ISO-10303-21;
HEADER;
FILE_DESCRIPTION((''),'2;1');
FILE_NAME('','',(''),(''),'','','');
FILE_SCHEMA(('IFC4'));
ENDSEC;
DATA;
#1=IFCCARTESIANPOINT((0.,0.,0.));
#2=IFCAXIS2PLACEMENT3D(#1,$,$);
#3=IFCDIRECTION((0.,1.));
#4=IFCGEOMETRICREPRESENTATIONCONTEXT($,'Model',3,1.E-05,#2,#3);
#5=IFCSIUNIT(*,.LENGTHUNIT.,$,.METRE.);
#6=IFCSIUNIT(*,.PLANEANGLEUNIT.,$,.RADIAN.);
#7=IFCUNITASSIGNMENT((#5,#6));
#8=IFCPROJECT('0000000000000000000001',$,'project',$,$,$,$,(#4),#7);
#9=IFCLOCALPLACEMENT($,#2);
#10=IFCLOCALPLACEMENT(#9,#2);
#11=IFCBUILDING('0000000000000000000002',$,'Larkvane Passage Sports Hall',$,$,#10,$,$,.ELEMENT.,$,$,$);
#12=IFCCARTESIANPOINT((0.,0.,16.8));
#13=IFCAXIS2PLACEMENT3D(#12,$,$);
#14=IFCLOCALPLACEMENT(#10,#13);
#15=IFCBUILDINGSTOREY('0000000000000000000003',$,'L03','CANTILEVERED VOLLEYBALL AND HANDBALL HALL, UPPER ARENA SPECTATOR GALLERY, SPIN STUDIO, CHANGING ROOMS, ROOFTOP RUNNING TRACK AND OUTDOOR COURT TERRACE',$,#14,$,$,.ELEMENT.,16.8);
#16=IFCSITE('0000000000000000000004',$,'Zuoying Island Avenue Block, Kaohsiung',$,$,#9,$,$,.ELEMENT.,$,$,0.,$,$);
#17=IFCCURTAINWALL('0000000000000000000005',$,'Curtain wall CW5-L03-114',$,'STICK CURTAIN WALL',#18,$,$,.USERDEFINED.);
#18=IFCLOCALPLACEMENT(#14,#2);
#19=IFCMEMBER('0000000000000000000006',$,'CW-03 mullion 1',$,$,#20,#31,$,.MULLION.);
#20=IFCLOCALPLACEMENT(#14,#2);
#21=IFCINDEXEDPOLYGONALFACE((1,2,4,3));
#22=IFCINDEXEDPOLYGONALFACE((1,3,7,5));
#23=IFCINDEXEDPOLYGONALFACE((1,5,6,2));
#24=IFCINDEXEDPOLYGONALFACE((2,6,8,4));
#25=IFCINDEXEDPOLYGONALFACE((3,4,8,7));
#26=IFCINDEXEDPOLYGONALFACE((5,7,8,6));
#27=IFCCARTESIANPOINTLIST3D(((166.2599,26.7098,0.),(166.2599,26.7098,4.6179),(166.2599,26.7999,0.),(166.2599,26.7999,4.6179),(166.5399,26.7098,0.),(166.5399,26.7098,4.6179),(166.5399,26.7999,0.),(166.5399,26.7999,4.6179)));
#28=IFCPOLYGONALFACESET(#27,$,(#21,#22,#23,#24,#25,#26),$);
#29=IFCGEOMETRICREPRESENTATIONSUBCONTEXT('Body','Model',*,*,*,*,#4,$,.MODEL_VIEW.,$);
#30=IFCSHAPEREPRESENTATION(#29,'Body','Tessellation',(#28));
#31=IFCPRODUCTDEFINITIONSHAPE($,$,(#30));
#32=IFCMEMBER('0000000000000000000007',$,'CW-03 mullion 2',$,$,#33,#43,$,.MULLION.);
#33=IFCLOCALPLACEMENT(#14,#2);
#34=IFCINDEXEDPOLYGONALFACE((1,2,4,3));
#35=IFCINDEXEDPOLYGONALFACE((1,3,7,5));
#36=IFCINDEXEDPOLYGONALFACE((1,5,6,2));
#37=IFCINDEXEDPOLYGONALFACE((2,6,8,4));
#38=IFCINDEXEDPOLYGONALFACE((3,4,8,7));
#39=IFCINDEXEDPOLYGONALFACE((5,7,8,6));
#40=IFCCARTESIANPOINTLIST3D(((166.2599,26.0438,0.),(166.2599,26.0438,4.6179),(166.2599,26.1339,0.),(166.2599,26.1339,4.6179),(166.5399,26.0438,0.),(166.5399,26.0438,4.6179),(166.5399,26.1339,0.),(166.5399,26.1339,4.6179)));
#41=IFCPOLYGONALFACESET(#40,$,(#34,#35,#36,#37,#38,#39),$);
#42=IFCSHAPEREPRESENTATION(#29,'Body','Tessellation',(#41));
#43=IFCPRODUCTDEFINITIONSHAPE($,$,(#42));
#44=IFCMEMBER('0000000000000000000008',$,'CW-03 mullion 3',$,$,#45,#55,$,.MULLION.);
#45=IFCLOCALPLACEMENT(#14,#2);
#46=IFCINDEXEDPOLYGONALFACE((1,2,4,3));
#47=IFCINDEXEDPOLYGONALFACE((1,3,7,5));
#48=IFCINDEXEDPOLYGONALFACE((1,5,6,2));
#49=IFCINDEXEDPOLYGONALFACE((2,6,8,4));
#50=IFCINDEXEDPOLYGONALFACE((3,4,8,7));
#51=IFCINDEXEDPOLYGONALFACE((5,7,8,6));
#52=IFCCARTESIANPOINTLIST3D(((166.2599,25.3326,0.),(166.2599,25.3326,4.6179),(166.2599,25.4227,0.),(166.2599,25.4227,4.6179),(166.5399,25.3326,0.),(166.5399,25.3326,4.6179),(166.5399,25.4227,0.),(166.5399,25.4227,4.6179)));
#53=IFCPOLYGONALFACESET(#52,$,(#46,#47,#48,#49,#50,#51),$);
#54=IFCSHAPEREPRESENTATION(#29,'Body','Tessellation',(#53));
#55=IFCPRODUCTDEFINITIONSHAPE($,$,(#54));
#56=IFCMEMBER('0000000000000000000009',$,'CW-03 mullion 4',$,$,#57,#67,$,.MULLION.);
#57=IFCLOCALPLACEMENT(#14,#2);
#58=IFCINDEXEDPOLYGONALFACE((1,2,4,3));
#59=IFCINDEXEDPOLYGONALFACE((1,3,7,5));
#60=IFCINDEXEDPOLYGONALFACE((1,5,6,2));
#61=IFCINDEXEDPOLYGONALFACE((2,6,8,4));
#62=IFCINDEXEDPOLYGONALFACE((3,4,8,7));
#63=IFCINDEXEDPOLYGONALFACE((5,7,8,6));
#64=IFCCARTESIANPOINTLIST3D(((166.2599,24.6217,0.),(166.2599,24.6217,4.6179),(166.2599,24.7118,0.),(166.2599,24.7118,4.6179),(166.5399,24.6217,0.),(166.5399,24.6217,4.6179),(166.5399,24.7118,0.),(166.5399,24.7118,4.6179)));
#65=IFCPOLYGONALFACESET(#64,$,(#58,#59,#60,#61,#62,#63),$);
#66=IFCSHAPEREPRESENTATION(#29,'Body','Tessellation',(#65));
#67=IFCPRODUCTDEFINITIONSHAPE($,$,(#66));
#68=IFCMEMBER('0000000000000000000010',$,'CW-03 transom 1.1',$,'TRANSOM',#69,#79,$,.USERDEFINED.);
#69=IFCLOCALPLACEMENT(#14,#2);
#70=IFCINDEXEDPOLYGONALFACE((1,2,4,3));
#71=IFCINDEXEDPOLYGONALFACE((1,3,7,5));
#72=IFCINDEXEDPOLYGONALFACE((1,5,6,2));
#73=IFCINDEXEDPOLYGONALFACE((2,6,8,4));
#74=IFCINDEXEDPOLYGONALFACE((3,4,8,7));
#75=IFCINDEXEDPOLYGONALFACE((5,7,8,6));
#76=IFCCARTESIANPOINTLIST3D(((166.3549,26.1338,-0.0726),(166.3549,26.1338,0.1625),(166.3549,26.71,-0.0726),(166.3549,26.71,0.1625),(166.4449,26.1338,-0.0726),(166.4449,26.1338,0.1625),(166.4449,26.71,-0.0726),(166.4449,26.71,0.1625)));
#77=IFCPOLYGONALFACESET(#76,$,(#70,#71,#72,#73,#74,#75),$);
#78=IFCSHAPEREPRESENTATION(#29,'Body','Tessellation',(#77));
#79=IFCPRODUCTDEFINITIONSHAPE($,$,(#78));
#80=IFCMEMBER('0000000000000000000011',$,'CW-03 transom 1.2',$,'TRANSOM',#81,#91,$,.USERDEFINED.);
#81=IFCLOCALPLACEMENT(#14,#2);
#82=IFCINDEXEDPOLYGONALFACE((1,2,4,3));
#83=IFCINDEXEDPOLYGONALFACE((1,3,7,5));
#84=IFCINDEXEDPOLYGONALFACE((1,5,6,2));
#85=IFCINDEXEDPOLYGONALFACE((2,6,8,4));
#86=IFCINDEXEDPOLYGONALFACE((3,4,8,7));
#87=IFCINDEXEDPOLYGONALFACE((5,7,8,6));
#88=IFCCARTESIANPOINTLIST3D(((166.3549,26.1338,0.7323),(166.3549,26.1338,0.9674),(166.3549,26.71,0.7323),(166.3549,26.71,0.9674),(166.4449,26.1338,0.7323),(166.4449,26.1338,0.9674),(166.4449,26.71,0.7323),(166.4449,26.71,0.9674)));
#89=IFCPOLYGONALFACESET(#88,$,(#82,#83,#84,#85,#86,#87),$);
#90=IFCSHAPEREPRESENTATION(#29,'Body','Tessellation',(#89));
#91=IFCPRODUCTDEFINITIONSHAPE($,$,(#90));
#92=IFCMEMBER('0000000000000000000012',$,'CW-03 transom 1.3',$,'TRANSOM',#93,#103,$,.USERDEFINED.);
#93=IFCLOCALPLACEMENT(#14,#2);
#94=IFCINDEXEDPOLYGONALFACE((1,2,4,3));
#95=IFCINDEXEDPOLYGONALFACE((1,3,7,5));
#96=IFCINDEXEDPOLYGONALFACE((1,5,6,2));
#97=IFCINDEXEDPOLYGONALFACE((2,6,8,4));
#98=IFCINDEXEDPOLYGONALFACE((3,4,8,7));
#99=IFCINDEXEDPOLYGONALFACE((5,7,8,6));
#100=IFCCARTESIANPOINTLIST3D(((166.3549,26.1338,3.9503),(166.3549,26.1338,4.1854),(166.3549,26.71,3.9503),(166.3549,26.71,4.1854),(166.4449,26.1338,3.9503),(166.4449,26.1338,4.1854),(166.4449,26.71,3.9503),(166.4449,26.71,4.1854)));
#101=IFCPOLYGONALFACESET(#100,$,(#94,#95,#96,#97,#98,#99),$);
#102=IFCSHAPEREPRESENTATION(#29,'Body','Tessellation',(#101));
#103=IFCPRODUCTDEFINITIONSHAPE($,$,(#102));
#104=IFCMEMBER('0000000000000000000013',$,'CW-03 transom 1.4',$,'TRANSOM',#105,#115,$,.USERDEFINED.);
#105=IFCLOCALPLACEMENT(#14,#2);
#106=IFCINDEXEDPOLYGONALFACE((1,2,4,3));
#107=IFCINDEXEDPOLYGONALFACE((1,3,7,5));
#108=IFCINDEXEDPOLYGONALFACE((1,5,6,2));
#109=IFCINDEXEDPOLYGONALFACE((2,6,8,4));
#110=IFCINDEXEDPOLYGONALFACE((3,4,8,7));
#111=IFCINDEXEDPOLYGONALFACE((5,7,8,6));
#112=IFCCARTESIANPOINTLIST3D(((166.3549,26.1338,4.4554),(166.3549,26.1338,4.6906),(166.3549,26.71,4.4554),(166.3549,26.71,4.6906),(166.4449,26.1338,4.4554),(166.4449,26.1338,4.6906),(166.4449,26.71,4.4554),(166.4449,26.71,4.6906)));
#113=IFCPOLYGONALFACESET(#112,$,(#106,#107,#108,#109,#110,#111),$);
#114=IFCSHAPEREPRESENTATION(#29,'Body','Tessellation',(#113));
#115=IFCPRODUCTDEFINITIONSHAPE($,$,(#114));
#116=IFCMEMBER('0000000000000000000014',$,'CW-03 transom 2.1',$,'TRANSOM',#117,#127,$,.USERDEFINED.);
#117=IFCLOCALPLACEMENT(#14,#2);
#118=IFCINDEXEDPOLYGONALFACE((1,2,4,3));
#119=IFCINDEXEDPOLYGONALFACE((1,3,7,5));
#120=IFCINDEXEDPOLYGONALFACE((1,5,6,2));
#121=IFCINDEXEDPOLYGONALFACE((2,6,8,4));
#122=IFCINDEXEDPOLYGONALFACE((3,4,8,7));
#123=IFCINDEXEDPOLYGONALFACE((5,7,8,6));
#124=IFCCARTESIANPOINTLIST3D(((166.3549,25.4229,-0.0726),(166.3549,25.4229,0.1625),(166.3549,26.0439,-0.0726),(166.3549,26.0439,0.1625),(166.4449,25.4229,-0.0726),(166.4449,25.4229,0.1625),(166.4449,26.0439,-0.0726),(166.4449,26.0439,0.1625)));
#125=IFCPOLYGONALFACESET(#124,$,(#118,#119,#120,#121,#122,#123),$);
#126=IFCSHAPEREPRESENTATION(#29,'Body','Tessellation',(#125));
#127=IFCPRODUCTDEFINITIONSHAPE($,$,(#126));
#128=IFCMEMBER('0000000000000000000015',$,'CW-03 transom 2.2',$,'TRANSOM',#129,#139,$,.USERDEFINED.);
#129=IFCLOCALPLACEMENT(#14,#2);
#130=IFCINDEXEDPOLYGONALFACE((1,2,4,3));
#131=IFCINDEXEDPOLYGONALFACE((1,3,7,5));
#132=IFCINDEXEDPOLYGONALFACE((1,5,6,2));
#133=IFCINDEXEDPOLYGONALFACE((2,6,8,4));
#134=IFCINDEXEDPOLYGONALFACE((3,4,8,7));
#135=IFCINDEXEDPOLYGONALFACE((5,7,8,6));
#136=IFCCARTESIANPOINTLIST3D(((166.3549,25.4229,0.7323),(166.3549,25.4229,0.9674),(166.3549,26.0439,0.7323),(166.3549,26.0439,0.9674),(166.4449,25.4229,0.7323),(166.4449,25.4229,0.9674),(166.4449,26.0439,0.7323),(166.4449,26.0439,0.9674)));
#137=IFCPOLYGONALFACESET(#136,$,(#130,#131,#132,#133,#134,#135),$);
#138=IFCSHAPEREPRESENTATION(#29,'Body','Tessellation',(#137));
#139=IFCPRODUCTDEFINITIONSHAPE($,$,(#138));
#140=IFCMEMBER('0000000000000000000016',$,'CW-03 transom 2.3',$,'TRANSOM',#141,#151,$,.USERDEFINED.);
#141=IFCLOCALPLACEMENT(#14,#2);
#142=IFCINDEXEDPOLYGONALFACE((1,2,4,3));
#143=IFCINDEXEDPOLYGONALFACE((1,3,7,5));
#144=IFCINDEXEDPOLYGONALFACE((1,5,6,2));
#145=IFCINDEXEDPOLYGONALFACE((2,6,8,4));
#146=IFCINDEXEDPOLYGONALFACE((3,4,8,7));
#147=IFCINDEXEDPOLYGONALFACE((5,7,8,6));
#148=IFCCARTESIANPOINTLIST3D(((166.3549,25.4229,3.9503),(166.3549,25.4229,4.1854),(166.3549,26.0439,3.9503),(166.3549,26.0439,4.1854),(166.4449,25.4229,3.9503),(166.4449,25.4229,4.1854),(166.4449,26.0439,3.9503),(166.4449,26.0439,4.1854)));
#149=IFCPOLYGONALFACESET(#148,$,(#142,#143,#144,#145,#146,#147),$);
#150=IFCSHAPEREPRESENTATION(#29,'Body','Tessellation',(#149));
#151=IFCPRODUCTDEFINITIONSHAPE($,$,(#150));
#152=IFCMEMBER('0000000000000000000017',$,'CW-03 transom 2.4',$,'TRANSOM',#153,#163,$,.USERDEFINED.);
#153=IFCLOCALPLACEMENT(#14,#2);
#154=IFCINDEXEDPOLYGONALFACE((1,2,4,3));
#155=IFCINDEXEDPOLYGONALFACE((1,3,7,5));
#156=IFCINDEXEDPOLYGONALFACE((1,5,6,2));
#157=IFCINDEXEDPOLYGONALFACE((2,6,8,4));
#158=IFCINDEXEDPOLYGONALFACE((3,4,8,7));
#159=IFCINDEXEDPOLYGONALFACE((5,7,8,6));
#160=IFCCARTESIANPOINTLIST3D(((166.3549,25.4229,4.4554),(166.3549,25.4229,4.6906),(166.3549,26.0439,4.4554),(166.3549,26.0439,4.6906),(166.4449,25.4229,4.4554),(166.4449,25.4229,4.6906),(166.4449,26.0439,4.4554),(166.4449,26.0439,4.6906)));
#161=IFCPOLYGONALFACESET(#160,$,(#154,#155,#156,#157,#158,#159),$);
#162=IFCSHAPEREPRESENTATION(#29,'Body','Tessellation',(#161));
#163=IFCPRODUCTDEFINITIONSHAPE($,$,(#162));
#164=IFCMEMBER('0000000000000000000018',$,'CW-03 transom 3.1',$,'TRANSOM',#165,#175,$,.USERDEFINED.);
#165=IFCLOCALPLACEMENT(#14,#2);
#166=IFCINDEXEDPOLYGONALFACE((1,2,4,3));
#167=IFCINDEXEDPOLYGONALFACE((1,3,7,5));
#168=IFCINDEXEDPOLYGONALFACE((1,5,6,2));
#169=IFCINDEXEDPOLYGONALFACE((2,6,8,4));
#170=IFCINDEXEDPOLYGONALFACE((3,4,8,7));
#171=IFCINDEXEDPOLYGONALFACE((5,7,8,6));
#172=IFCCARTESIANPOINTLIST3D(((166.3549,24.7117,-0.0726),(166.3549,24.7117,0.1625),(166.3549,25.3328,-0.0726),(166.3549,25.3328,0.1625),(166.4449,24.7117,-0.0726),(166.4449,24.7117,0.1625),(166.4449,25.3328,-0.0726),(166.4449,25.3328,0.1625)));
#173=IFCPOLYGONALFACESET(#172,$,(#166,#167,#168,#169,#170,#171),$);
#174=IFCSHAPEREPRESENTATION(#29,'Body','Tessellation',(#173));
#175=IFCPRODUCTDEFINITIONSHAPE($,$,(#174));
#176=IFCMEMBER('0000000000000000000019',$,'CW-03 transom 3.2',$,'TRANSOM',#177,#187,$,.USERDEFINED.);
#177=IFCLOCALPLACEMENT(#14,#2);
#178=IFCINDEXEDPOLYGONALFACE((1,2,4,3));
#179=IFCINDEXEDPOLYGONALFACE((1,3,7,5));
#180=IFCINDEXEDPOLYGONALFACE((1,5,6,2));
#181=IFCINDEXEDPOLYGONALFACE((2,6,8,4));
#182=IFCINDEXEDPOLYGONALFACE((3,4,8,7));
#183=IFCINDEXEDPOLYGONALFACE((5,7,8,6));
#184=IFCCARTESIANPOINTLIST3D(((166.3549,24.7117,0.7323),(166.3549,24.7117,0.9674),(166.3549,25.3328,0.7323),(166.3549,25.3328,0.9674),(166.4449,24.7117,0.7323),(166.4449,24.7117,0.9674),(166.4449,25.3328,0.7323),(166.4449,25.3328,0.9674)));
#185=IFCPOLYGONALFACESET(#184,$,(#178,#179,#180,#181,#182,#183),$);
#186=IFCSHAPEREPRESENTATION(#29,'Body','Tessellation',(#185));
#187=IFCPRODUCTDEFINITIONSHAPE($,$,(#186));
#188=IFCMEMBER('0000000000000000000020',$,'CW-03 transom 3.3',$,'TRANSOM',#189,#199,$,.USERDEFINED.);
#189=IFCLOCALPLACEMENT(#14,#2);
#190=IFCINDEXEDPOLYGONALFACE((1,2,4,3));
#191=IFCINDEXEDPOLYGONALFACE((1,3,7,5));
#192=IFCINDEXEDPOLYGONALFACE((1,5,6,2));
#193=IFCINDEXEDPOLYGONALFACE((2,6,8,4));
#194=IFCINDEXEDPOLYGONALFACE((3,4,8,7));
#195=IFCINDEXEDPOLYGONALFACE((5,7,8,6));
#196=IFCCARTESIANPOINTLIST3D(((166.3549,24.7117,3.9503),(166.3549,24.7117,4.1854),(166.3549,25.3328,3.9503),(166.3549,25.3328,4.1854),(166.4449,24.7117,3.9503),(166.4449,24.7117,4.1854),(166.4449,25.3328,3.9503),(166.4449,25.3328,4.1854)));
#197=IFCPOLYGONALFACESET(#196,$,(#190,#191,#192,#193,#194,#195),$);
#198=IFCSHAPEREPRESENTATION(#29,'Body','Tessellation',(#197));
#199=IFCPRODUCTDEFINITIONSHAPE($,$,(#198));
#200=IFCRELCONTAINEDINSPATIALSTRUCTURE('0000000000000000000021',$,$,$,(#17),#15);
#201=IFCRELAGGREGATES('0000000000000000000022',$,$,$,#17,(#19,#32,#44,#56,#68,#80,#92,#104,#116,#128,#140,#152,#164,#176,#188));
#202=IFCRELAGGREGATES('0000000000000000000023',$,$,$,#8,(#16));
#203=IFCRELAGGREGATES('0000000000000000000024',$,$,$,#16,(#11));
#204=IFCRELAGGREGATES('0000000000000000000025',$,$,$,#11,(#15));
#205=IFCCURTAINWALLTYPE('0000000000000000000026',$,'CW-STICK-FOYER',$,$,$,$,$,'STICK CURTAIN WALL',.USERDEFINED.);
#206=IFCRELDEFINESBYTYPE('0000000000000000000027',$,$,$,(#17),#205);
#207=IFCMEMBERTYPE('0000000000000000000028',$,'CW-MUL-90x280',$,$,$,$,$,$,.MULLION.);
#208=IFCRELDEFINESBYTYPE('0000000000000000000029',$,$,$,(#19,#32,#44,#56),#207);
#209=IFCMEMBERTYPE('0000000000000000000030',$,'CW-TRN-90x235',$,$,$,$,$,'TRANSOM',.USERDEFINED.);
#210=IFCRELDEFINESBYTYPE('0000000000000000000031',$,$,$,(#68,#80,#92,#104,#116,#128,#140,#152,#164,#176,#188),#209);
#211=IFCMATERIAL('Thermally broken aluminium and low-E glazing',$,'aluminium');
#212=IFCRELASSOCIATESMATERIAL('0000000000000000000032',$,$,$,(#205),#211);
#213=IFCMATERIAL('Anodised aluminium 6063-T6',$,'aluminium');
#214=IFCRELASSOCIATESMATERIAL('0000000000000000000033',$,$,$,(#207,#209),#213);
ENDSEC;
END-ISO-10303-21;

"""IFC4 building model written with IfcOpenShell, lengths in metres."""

from ifc_helpers import new_model, si_unit, direction, frame, origin, origin_2d, place, context, subcontext, project, spatial, rectangle, extrude, material, material_profile, profile_set, type_object, element, aggregate, save


model = new_model("IFC4")

# Units and contexts
model_context = context("Model", 3, precision=1e-05, world=origin(), true_north=direction((0.0, 1.0)))
body_context = subcontext(model_context, "Body", "Model", "MODEL_VIEW")
ifc_project = project(units=[si_unit("LENGTHUNIT", "METRE"), si_unit("PLANEANGLEUNIT", "RADIAN")], contexts=[model_context])

# Site, building, storey
site_placement = place(None, origin())
site = spatial("IfcSite", under=ifc_project, at=site_placement, Name="Zuoying Island Avenue Block, Kaohsiung", CompositionType="ELEMENT", RefElevation=0.0)
building_placement = place(site_placement, origin())
building = spatial("IfcBuilding", under=site, at=building_placement, Name="Larkvane Passage Sports Hall", CompositionType="ELEMENT")
storey_placement = place(building_placement, frame((0.0, 0.0, 16.8)))
storey = spatial("IfcBuildingStorey", under=building, at=storey_placement, Name="L03", Description="CANTILEVERED VOLLEYBALL AND HANDBALL HALL, UPPER ARENA SPECTATOR GALLERY, SPIN STUDIO, CHANGING ROOMS, ROOFTOP RUNNING TRACK AND OUTDOOR COURT TERRACE", CompositionType="ELEMENT", Elevation=16.8)

# Curtain wall, members
ifc_material_1 = material(Name="Thermally broken aluminium and low-E glazing", Category="aluminium")
curtain_wall_type = type_object("IfcCurtainWallType", Name="CW-STICK-FOYER", ElementType="STICK CURTAIN WALL", PredefinedType="USERDEFINED", material=ifc_material_1)
curtain_wall_placement = place(storey_placement, origin())
curtain_wall = element("IfcCurtainWall", 1, at=curtain_wall_placement, inside=storey, type_object=curtain_wall_type, Name="Curtain wall CW5-L03-114", ObjectType="STICK CURTAIN WALL", PredefinedType="USERDEFINED")
ifc_material_2 = material(Name="Anodised aluminium 6063-T6", Category="aluminium")
ifc_material_profile_1 = material_profile(ifc_material_2, rectangle(XDim=0.0901, YDim=0.28, at=origin_2d()), Name="ALU-MUL-90x280")
ifc_profile_set_1 = profile_set([ifc_material_profile_1], Name="Anodised aluminium 6063-T6")
member_type_1 = type_object("IfcMemberType", Name="CW-MUL-90x280", PredefinedType="MULLION", material=ifc_profile_set_1)
member_1_placement = place(storey_placement, frame((166.3999, 26.7549, 0.0), z_axis=(0.0, 0.0, 1.0), x_axis=(0.0, -1.0, 0.0)))
member_1 = element("IfcMember", 2, at=member_1_placement, type_object=member_type_1, Name="CW-03 mullion 1", PredefinedType="MULLION", context=body_context, shape_type="SweptSolid", body=[
    extrude(rectangle(XDim=0.0901, YDim=0.28, at=origin_2d()), origin(), (0.0, 0.0, 1.0), 4.6179),
])
member_2_placement = place(storey_placement, frame((166.3999, 26.0889, 0.0), z_axis=(0.0, 0.0, 1.0), x_axis=(0.0, -1.0, 0.0)))
member_2 = element("IfcMember", 3, at=member_2_placement, type_object=member_type_1, Name="CW-03 mullion 2", PredefinedType="MULLION", context=body_context, shape_type="SweptSolid", body=[
    extrude(rectangle(XDim=0.0901, YDim=0.28, at=origin_2d()), origin(), (0.0, 0.0, 1.0), 4.6179),
])
member_3_placement = place(storey_placement, frame((166.3999, 25.3777, 0.0), z_axis=(0.0, 0.0, 1.0), x_axis=(0.0, -1.0, 0.0)))
member_3 = element("IfcMember", 4, at=member_3_placement, type_object=member_type_1, Name="CW-03 mullion 3", PredefinedType="MULLION", context=body_context, shape_type="SweptSolid", body=[
    extrude(rectangle(XDim=0.0901, YDim=0.28, at=origin_2d()), origin(), (0.0, 0.0, 1.0), 4.6179),
])
member_4_placement = place(storey_placement, frame((166.3999, 24.6667, 0.0), z_axis=(0.0, 0.0, 1.0), x_axis=(0.0, -1.0, 0.0)))
member_4 = element("IfcMember", 5, at=member_4_placement, type_object=member_type_1, Name="CW-03 mullion 4", PredefinedType="MULLION", context=body_context, shape_type="SweptSolid", body=[
    extrude(rectangle(XDim=0.0901, YDim=0.28, at=origin_2d()), origin(), (0.0, 0.0, 1.0), 4.6179),
])
ifc_material_profile_2 = material_profile(ifc_material_2, rectangle(XDim=0.0901, YDim=0.2351, at=origin_2d()), Name="ALU-TRN-90x235")
ifc_profile_set_2 = profile_set([ifc_material_profile_2], Name="Anodised aluminium 6063-T6")
member_type_2 = type_object("IfcMemberType", Name="CW-TRN-90x235", ElementType="TRANSOM", PredefinedType="USERDEFINED", material=ifc_profile_set_2)
member_5_placement = place(storey_placement, frame((166.3999, 26.71, 0.0449), z_axis=(0.0, -1.0, 0.0), x_axis=(1.0, 0.0, 0.0)))
member_5 = element("IfcMember", 6, at=member_5_placement, type_object=member_type_2, Name="CW-03 transom 1.1", ObjectType="TRANSOM", PredefinedType="USERDEFINED", context=body_context, shape_type="SweptSolid", body=[
    extrude(rectangle(XDim=0.0901, YDim=0.2351, at=origin_2d()), origin(), (0.0, 0.0, 1.0), 0.5762),
])
member_6_placement = place(storey_placement, frame((166.3999, 26.71, 0.8499), z_axis=(0.0, -1.0, 0.0), x_axis=(1.0, 0.0, 0.0)))
member_6 = element("IfcMember", 7, at=member_6_placement, type_object=member_type_2, Name="CW-03 transom 1.2", ObjectType="TRANSOM", PredefinedType="USERDEFINED", context=body_context, shape_type="SweptSolid", body=[
    extrude(rectangle(XDim=0.0901, YDim=0.2351, at=origin_2d()), origin(), (0.0, 0.0, 1.0), 0.5762),
])
member_7_placement = place(storey_placement, frame((166.3999, 26.71, 4.0679), z_axis=(0.0, -1.0, 0.0), x_axis=(1.0, 0.0, 0.0)))
member_7 = element("IfcMember", 8, at=member_7_placement, type_object=member_type_2, Name="CW-03 transom 1.3", ObjectType="TRANSOM", PredefinedType="USERDEFINED", context=body_context, shape_type="SweptSolid", body=[
    extrude(rectangle(XDim=0.0901, YDim=0.2351, at=origin_2d()), origin(), (0.0, 0.0, 1.0), 0.5762),
])
member_8_placement = place(storey_placement, frame((166.3999, 26.71, 4.573), z_axis=(0.0, -1.0, 0.0), x_axis=(1.0, 0.0, 0.0)))
member_8 = element("IfcMember", 9, at=member_8_placement, type_object=member_type_2, Name="CW-03 transom 1.4", ObjectType="TRANSOM", PredefinedType="USERDEFINED", context=body_context, shape_type="SweptSolid", body=[
    extrude(rectangle(XDim=0.0901, YDim=0.2351, at=origin_2d()), origin(), (0.0, 0.0, 1.0), 0.5762),
])
member_9_placement = place(storey_placement, frame((166.3999, 26.0439, 0.0449), z_axis=(0.0, -1.0, 0.0), x_axis=(1.0, 0.0, 0.0)))
member_9 = element("IfcMember", 10, at=member_9_placement, type_object=member_type_2, Name="CW-03 transom 2.1", ObjectType="TRANSOM", PredefinedType="USERDEFINED", context=body_context, shape_type="SweptSolid", body=[
    extrude(rectangle(XDim=0.0901, YDim=0.2351, at=origin_2d()), origin(), (0.0, 0.0, 1.0), 0.6211),
])
member_10_placement = place(storey_placement, frame((166.3999, 26.0439, 0.8499), z_axis=(0.0, -1.0, 0.0), x_axis=(1.0, 0.0, 0.0)))
member_10 = element("IfcMember", 11, at=member_10_placement, type_object=member_type_2, Name="CW-03 transom 2.2", ObjectType="TRANSOM", PredefinedType="USERDEFINED", context=body_context, shape_type="SweptSolid", body=[
    extrude(rectangle(XDim=0.0901, YDim=0.2351, at=origin_2d()), origin(), (0.0, 0.0, 1.0), 0.6211),
])
member_11_placement = place(storey_placement, frame((166.3999, 26.0439, 4.0679), z_axis=(0.0, -1.0, 0.0), x_axis=(1.0, 0.0, 0.0)))
member_11 = element("IfcMember", 12, at=member_11_placement, type_object=member_type_2, Name="CW-03 transom 2.3", ObjectType="TRANSOM", PredefinedType="USERDEFINED", context=body_context, shape_type="SweptSolid", body=[
    extrude(rectangle(XDim=0.0901, YDim=0.2351, at=origin_2d()), origin(), (0.0, 0.0, 1.0), 0.6211),
])
member_12_placement = place(storey_placement, frame((166.3999, 26.0439, 4.573), z_axis=(0.0, -1.0, 0.0), x_axis=(1.0, 0.0, 0.0)))
member_12 = element("IfcMember", 13, at=member_12_placement, type_object=member_type_2, Name="CW-03 transom 2.4", ObjectType="TRANSOM", PredefinedType="USERDEFINED", context=body_context, shape_type="SweptSolid", body=[
    extrude(rectangle(XDim=0.0901, YDim=0.2351, at=origin_2d()), origin(), (0.0, 0.0, 1.0), 0.6211),
])
member_13_placement = place(storey_placement, frame((166.3999, 25.3328, 0.0449), z_axis=(0.0, -1.0, 0.0), x_axis=(1.0, 0.0, 0.0)))
member_13 = element("IfcMember", 14, at=member_13_placement, type_object=member_type_2, Name="CW-03 transom 3.1", ObjectType="TRANSOM", PredefinedType="USERDEFINED", context=body_context, shape_type="SweptSolid", body=[
    extrude(rectangle(XDim=0.0901, YDim=0.2351, at=origin_2d()), origin(), (0.0, 0.0, 1.0), 0.6211),
])
member_14_placement = place(storey_placement, frame((166.3999, 25.3328, 0.8499), z_axis=(0.0, -1.0, 0.0), x_axis=(1.0, 0.0, 0.0)))
member_14 = element("IfcMember", 15, at=member_14_placement, type_object=member_type_2, Name="CW-03 transom 3.2", ObjectType="TRANSOM", PredefinedType="USERDEFINED", context=body_context, shape_type="SweptSolid", body=[
    extrude(rectangle(XDim=0.0901, YDim=0.2351, at=origin_2d()), origin(), (0.0, 0.0, 1.0), 0.6211),
])
member_15_placement = place(storey_placement, frame((166.3999, 25.3328, 4.0679), z_axis=(0.0, -1.0, 0.0), x_axis=(1.0, 0.0, 0.0)))
member_15 = element("IfcMember", 16, at=member_15_placement, type_object=member_type_2, Name="CW-03 transom 3.3", ObjectType="TRANSOM", PredefinedType="USERDEFINED", context=body_context, shape_type="SweptSolid", body=[
    extrude(rectangle(XDim=0.0901, YDim=0.2351, at=origin_2d()), origin(), (0.0, 0.0, 1.0), 0.6211),
])

aggregate(curtain_wall, [member_1, member_2, member_3, member_4, member_5, member_6, member_7, member_8, member_9, member_10, member_11, member_12, member_13, member_14, member_15])

save(model, "model.ifc")
